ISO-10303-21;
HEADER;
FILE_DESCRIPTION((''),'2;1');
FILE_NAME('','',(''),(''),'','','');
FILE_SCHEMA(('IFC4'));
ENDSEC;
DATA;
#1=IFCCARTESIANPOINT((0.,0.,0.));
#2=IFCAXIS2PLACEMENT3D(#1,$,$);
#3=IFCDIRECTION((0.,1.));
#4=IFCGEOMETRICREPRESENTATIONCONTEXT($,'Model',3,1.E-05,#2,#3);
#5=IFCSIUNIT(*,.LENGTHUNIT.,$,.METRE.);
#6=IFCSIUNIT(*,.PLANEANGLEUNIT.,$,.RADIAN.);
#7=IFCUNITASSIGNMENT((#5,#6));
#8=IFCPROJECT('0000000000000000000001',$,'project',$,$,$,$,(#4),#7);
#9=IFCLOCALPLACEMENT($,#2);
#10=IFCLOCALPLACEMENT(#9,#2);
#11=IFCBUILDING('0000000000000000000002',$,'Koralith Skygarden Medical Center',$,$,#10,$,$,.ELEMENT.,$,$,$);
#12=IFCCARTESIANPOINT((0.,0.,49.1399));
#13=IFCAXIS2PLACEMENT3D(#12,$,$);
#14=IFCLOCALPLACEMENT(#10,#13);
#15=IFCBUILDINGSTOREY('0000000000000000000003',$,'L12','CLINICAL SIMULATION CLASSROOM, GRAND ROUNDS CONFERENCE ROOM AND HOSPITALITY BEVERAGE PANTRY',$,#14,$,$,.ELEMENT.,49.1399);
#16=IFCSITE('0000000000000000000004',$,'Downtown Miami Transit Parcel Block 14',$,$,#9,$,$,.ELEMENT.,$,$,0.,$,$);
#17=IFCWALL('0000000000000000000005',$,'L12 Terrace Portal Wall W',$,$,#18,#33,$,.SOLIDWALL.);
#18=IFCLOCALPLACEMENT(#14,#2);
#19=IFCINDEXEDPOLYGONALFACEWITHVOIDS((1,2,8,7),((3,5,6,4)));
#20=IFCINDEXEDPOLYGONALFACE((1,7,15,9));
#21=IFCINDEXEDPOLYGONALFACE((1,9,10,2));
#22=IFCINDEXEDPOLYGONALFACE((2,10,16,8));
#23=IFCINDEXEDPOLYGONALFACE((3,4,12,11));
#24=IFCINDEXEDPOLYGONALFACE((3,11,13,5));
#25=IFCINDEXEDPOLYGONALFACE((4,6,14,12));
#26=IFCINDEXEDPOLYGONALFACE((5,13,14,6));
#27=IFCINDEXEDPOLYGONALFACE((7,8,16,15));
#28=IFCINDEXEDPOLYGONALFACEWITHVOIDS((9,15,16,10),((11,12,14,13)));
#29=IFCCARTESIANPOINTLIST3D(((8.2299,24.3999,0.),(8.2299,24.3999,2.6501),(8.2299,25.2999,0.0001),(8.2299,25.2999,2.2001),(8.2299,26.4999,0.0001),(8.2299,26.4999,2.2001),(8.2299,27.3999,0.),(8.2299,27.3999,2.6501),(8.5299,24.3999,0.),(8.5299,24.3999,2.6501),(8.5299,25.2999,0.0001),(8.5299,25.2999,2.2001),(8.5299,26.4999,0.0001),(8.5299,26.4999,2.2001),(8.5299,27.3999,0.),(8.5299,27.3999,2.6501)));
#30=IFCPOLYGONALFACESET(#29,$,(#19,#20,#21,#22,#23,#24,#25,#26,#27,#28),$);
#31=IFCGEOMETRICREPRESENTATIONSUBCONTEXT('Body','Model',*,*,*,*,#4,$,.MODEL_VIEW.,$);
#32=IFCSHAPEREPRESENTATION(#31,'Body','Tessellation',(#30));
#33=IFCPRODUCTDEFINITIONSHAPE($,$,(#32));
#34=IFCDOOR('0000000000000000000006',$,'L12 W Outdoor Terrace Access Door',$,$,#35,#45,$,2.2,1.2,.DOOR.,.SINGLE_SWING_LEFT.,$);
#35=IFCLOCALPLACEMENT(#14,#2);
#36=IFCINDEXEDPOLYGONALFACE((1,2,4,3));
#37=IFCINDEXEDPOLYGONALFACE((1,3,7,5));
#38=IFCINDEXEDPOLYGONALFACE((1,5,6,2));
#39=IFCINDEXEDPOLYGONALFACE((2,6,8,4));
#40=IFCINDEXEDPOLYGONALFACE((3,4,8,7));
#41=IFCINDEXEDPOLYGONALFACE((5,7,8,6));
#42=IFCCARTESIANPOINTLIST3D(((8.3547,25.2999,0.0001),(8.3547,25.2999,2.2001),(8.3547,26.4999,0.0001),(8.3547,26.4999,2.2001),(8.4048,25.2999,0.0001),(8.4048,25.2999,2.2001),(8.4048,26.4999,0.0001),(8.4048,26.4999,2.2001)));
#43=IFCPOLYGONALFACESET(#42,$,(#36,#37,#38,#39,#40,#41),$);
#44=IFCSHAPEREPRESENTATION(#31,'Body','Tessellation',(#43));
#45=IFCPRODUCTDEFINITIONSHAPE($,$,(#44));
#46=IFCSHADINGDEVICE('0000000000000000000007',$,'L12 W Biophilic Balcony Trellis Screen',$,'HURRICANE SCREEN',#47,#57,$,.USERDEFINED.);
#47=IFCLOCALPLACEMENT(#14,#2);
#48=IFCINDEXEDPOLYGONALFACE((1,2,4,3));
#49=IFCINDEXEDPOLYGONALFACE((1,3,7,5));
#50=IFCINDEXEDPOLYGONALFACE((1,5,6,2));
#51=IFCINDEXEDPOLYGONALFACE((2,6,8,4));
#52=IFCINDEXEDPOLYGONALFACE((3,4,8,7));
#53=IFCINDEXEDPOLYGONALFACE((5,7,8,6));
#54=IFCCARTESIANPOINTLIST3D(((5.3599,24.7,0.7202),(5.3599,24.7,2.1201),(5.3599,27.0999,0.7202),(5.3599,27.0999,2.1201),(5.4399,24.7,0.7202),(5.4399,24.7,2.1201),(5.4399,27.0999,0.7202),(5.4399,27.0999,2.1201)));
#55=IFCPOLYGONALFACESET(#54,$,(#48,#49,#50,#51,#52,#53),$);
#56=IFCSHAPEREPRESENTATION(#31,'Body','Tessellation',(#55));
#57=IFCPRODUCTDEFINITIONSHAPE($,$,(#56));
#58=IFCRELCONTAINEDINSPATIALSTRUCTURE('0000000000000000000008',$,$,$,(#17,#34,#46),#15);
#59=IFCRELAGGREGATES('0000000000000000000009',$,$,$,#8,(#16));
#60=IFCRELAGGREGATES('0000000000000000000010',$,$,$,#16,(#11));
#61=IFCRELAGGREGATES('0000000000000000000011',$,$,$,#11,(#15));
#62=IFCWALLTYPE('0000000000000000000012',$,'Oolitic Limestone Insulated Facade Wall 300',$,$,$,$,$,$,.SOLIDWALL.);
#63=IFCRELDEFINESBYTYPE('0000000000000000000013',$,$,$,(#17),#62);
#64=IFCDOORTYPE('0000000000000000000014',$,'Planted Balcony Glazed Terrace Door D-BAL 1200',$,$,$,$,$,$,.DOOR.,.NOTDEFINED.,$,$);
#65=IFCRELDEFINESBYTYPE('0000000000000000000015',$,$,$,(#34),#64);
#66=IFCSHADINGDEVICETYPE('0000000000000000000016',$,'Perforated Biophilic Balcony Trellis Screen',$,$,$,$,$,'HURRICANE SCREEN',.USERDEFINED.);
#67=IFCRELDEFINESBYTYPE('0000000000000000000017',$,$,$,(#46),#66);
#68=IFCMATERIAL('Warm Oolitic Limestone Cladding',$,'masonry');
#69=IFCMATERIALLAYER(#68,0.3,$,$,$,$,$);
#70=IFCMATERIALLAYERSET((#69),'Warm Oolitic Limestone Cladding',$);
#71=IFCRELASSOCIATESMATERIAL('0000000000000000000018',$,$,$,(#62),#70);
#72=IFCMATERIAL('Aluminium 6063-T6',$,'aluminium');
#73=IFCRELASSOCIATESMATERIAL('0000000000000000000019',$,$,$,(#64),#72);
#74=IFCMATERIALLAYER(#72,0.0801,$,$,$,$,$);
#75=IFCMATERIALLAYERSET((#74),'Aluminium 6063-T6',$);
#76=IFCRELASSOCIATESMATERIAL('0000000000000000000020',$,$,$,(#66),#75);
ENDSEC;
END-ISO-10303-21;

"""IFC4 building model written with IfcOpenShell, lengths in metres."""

from ifc_helpers import new_model, si_unit, direction, frame, frame_2d, origin, origin_2d, place, context, subcontext, project, spatial, rectangle, extrude, material, layer, layer_set, type_object, element, fill, save


model = new_model("IFC4")

# Units and contexts
model_context = context("Model", 3, precision=1e-05, world=origin(), true_north=direction((0.0, 1.0)))
body_context = subcontext(model_context, "Body", "Model", "MODEL_VIEW")
ifc_project = project(units=[si_unit("LENGTHUNIT", "METRE"), si_unit("PLANEANGLEUNIT", "RADIAN")], contexts=[model_context])

# Site, building, storey
site_placement = place(None, origin())
site = spatial("IfcSite", under=ifc_project, at=site_placement, Name="Downtown Miami Transit Parcel Block 14", CompositionType="ELEMENT", RefElevation=0.0)
building_placement = place(site_placement, origin())
building = spatial("IfcBuilding", under=site, at=building_placement, Name="Koralith Skygarden Medical Center", CompositionType="ELEMENT")
storey_placement = place(building_placement, frame((0.0, 0.0, 49.1399)))
storey = spatial("IfcBuildingStorey", under=building, at=storey_placement, Name="L12", Description="CLINICAL SIMULATION CLASSROOM, GRAND ROUNDS CONFERENCE ROOM AND HOSPITALITY BEVERAGE PANTRY", CompositionType="ELEMENT", Elevation=49.1399)

# Shared definitions
ifc_material_1 = material(Name="Aluminium 6063-T6", Category="aluminium")

# Shared definitions
ifc_material_2 = material(Name="Warm Oolitic Limestone Cladding", Category="masonry")

# Wall, opening, door
ifc_layer_1 = layer(ifc_material_2, 0.3)
ifc_layer_set_1 = layer_set([ifc_layer_1], Name="Warm Oolitic Limestone Cladding")
wall_type_1 = type_object("IfcWallType", Name="Oolitic Limestone Insulated Facade Wall 300", PredefinedType="SOLIDWALL", material=ifc_layer_set_1)
wall_1_placement = place(storey_placement, frame((8.3799, 27.3999, 0.0), z_axis=(0.0, 0.0, 1.0), x_axis=(0.0, -1.0, 0.0)))
wall_1 = element("IfcWall", 1, at=wall_1_placement, inside=storey, type_object=wall_type_1, Name="L12 Terrace Portal Wall W", PredefinedType="SOLIDWALL", context=body_context, shape_type="SweptSolid", body=[
    extrude(rectangle(XDim=3.0, YDim=0.3, at=frame_2d((1.5, 0.0))), origin(), (0.0, 0.0, 1.0), 2.6501),
])
opening_1_placement = place(wall_1_placement, frame((0.8999, 0.0, 0.0)))
opening_1 = element("IfcOpeningElement", 2, at=opening_1_placement, cuts=wall_1, PredefinedType="OPENING", context=body_context, shape_type="SweptSolid", body=[
    extrude(rectangle(XDim=1.2, YDim=2.2, at=frame_2d((0.6001, 1.1001))), frame((0.0, 0.1599, 0.0), z_axis=(0.0, -1.0, 0.0), x_axis=(1.0, 0.0, 0.0)), (0.0, 0.0, 1.0), 0.3201),
])
door_type_1 = type_object("IfcDoorType", Name="Planted Balcony Glazed Terrace Door D-BAL 1200", OperationType="NOTDEFINED", PredefinedType="DOOR", material=ifc_material_1)
door_1_placement = place(opening_1_placement, origin())
door_1 = element("IfcDoor", 3, at=door_1_placement, inside=storey, type_object=door_type_1, Name="L12 W Outdoor Terrace Access Door", OperationType="SINGLE_SWING_LEFT", OverallHeight=2.2, OverallWidth=1.2, PredefinedType="DOOR", context=body_context, shape_type="SweptSolid", body=[
    extrude(rectangle(XDim=1.2, YDim=2.2, at=frame_2d((0.6001, 1.1001))), frame((0.0, 0.0249, 0.0), z_axis=(0.0, -1.0, 0.0), x_axis=(1.0, 0.0, 0.0)), (0.0, 0.0, 1.0), 0.05),
])
fill(opening_1, door_1)

# Shading device
ifc_layer_2 = layer(ifc_material_1, 0.0801)
ifc_layer_set_2 = layer_set([ifc_layer_2], Name="Aluminium 6063-T6")
shading_device_type = type_object("IfcShadingDeviceType", Name="Perforated Biophilic Balcony Trellis Screen", ElementType="HURRICANE SCREEN", PredefinedType="USERDEFINED", material=ifc_layer_set_2)
shading_device_placement = place(storey_placement, frame((5.3999, 25.8999, 0.7202), z_axis=(0.0, 0.0, 1.0), x_axis=(0.0, 1.0, 0.0)))
element("IfcShadingDevice", 4, at=shading_device_placement, inside=storey, type_object=shading_device_type, Name="L12 W Biophilic Balcony Trellis Screen", ObjectType="HURRICANE SCREEN", PredefinedType="USERDEFINED", context=body_context, shape_type="SweptSolid", body=[
    extrude(rectangle(XDim=2.3999, YDim=0.0801, at=origin_2d()), origin(), (0.0, 0.0, 1.0), 1.3999),
])

save(model, "model.ifc")
